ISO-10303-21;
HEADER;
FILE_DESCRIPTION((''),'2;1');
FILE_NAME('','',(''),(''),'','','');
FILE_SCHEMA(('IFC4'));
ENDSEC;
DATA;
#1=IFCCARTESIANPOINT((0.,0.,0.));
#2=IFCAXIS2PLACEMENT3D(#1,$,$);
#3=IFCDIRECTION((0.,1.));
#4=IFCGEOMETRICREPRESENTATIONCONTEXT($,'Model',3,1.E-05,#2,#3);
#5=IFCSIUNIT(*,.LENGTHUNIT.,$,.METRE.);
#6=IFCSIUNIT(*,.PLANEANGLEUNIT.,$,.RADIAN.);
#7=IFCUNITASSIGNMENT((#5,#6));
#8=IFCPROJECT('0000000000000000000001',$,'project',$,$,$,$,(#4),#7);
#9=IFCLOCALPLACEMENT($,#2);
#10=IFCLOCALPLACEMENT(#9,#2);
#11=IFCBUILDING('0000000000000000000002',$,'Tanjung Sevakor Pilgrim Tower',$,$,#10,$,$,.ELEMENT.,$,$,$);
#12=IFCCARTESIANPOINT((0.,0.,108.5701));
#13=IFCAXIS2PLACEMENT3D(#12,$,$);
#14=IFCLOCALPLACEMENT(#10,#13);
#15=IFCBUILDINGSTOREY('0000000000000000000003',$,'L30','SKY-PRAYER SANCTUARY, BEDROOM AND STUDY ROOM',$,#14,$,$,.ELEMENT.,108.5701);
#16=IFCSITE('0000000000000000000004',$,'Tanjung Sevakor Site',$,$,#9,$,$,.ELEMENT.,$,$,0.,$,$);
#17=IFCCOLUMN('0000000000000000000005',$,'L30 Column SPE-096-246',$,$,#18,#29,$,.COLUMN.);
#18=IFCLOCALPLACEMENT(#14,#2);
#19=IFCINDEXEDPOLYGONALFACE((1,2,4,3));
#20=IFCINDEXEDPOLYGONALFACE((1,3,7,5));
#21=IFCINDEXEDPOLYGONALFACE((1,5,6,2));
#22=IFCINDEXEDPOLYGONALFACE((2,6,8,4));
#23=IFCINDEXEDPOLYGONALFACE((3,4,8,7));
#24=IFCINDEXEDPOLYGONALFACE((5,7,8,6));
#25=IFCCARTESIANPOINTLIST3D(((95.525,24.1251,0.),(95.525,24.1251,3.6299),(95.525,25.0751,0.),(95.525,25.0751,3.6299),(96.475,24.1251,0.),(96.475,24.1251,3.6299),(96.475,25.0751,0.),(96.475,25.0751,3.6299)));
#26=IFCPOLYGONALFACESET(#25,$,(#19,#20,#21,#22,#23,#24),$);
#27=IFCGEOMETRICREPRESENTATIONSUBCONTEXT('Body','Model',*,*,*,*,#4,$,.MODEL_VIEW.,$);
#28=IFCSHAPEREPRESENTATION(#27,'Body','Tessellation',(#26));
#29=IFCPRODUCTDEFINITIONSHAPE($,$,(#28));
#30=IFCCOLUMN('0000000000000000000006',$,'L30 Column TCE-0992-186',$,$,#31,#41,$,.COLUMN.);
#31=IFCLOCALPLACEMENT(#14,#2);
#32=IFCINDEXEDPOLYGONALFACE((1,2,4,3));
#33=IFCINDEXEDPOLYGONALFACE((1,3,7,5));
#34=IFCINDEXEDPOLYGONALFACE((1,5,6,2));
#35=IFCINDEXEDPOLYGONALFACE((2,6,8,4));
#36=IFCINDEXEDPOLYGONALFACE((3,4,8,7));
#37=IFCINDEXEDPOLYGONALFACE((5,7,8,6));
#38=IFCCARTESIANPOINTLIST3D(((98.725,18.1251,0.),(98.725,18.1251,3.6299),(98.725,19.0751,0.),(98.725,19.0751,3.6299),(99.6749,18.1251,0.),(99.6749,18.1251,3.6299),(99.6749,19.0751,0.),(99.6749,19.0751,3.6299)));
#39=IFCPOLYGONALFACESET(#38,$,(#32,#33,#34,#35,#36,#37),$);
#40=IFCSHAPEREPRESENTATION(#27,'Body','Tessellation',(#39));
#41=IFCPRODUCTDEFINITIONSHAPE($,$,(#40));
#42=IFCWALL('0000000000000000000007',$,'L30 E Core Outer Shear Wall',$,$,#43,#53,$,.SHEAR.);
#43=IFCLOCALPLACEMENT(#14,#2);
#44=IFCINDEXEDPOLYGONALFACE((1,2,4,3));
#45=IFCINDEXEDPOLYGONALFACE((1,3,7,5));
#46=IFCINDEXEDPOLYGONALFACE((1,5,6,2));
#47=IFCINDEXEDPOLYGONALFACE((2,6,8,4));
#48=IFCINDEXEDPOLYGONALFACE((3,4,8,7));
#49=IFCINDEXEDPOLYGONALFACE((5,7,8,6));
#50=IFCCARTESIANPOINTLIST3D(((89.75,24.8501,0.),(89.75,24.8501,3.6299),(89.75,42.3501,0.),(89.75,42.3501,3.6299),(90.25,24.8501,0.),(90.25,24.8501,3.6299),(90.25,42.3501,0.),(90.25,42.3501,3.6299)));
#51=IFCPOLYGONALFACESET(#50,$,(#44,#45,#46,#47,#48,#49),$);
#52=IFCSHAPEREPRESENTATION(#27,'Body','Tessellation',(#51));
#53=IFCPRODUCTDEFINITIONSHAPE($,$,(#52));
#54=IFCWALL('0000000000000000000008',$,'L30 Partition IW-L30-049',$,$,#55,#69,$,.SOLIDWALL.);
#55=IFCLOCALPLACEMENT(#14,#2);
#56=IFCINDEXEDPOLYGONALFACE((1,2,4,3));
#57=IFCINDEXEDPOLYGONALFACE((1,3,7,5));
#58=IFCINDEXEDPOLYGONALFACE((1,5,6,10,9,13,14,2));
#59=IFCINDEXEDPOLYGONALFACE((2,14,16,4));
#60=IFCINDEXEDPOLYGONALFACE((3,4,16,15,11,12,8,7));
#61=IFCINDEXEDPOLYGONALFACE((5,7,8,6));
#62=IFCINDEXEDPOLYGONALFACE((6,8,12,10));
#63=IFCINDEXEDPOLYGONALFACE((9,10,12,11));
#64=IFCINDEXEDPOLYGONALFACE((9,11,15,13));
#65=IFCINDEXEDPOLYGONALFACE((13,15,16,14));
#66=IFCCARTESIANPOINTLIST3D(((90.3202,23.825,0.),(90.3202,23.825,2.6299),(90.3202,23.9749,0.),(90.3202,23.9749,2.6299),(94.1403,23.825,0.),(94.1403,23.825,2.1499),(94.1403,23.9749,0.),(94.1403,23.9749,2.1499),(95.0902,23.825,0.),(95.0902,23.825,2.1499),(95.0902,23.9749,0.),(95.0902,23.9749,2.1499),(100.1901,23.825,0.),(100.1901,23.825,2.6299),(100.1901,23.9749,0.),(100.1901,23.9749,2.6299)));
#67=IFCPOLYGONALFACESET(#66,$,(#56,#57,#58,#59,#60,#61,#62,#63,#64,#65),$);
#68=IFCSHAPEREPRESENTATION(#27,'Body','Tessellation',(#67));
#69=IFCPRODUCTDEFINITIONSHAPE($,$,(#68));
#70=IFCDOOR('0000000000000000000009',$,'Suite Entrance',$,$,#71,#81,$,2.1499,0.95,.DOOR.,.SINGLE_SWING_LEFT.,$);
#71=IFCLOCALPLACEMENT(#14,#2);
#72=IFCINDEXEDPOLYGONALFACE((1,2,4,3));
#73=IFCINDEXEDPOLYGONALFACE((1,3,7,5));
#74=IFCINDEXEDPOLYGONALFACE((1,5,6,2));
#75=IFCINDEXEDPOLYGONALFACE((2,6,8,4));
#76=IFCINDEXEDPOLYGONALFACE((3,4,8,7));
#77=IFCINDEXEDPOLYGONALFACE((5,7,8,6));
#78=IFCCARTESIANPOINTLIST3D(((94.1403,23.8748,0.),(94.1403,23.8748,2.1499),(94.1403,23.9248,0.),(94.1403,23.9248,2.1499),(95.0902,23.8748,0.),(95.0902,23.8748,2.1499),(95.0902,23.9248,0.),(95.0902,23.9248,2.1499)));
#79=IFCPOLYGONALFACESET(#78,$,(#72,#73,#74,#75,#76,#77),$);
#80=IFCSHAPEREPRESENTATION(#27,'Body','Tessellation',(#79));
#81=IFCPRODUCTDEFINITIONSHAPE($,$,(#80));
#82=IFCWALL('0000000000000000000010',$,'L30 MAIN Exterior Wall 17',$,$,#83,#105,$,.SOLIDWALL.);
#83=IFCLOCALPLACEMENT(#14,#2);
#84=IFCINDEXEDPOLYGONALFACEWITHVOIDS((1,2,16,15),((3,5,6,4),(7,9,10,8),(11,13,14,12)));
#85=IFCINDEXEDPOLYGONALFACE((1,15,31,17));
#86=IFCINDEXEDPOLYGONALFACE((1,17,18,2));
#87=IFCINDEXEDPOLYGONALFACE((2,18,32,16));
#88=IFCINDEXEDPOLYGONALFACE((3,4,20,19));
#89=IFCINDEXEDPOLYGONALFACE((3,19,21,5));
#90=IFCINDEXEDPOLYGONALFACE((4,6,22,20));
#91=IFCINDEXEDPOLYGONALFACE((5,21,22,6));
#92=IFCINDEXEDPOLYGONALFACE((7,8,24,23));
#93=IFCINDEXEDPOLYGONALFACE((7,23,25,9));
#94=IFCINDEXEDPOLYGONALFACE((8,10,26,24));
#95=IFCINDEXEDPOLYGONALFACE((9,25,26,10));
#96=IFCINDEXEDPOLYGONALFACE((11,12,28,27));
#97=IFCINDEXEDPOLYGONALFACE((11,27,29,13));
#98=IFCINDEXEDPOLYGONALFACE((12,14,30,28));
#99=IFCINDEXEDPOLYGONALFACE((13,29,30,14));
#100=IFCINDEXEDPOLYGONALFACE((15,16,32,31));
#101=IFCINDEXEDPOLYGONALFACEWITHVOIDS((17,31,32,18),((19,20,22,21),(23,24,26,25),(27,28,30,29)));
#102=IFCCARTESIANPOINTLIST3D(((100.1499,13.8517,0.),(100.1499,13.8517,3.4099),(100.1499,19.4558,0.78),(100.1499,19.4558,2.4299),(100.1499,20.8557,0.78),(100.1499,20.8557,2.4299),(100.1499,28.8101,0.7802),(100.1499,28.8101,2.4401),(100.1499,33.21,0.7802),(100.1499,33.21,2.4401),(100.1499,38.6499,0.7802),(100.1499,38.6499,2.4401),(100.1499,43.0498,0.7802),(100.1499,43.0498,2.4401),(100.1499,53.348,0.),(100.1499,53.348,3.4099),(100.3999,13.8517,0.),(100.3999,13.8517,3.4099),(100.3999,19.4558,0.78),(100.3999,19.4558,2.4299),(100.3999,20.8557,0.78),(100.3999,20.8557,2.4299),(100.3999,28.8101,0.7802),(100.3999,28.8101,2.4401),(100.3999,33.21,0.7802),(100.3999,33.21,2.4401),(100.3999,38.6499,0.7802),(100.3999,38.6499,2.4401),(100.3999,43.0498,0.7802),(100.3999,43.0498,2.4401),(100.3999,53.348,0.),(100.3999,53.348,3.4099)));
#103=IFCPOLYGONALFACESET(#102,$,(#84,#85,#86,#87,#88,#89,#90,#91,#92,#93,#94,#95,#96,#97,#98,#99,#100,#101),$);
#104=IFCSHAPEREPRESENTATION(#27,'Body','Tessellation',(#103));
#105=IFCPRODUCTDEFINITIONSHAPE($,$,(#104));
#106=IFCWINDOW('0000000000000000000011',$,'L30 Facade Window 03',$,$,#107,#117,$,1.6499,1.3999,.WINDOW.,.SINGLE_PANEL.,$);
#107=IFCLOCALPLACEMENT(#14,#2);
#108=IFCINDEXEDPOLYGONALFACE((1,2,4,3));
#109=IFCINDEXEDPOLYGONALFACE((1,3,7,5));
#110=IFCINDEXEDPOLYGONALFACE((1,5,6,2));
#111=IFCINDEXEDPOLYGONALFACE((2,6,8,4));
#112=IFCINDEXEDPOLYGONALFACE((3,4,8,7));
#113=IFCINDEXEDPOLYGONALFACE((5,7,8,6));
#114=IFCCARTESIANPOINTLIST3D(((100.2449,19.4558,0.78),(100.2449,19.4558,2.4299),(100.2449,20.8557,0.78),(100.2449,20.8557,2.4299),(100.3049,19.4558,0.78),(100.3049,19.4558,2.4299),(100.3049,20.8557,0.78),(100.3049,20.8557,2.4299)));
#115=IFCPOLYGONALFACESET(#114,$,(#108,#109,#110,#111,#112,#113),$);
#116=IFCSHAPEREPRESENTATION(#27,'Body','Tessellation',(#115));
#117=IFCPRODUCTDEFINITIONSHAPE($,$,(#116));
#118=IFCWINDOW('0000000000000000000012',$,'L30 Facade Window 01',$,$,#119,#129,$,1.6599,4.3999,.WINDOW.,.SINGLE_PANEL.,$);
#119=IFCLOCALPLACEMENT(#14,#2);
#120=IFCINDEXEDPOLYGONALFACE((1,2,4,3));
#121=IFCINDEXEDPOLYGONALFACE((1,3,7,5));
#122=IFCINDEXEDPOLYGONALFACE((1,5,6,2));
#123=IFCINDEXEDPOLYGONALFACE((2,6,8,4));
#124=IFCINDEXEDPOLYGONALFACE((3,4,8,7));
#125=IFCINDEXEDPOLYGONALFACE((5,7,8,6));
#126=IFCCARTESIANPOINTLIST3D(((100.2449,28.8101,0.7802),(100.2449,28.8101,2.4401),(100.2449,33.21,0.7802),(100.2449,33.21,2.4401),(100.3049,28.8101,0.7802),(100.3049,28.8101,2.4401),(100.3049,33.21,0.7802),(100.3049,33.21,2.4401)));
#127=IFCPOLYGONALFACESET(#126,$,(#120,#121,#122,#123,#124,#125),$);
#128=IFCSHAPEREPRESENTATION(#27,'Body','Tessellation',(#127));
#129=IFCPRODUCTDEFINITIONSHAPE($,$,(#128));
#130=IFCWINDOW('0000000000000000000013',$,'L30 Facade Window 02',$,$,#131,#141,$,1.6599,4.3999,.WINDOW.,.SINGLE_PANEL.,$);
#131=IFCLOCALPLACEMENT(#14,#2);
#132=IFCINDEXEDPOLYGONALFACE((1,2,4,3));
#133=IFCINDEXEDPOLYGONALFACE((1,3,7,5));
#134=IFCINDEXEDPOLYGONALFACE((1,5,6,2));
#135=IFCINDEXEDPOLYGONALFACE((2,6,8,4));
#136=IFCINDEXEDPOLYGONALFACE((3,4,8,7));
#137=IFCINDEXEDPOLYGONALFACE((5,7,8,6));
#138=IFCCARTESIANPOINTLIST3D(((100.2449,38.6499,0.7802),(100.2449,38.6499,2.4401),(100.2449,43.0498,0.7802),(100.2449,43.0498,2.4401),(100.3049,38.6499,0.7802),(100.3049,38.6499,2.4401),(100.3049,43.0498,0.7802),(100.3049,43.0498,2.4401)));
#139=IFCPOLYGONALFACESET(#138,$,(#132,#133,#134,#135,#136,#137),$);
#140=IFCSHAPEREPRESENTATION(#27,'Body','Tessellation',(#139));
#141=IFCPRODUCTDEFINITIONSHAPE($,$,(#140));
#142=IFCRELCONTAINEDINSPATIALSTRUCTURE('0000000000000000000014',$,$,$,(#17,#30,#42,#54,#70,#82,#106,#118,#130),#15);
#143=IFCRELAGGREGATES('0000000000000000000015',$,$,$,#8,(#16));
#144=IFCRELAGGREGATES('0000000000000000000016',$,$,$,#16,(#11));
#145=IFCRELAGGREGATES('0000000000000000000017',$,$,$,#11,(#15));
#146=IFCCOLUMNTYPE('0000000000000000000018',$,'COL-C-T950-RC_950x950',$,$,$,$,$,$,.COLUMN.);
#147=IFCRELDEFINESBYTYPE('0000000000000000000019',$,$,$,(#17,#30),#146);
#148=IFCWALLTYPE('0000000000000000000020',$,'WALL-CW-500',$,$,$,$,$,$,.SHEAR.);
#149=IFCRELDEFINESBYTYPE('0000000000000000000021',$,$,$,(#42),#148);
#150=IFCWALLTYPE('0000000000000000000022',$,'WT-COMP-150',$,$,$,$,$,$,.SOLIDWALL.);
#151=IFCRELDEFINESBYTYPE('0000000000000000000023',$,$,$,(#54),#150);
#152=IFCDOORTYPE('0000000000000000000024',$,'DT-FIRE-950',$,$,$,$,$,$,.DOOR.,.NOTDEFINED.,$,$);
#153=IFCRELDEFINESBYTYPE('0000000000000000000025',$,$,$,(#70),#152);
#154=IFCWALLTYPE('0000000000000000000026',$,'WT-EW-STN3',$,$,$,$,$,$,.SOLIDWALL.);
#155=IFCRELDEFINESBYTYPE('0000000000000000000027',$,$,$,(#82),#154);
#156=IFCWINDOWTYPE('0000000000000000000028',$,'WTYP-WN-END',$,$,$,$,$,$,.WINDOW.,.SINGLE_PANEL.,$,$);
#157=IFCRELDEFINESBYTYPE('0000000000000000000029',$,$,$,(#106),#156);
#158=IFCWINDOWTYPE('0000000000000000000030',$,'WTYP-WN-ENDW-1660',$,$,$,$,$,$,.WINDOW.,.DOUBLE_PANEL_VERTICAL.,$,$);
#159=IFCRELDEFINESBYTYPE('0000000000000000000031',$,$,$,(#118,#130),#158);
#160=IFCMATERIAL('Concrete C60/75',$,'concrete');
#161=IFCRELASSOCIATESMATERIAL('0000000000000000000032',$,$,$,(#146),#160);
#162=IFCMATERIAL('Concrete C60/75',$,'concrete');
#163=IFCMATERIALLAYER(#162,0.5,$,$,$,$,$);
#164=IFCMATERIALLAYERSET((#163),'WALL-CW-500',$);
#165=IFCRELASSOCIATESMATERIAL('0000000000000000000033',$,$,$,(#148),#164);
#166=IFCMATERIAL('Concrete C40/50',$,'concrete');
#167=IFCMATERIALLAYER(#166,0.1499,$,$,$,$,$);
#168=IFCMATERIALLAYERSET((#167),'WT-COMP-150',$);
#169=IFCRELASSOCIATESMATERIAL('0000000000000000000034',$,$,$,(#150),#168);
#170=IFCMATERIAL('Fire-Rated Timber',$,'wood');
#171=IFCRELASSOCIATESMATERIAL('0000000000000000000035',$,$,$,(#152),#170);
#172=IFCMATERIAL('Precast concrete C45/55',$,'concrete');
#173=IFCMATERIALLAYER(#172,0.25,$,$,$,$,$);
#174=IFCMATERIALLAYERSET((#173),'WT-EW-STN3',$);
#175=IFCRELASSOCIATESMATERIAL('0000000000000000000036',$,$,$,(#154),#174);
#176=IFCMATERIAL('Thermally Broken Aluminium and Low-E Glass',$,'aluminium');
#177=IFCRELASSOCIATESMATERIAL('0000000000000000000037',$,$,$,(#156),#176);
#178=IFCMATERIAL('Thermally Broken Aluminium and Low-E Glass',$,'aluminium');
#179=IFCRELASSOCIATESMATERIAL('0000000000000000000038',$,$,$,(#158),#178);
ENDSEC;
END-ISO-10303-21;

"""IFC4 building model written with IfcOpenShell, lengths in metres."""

from ifc_helpers import new_model, si_unit, direction, frame, frame_2d, origin, origin_2d, place, context, subcontext, project, spatial, rectangle, extrude, material, layer, layer_set, material_profile, profile_set, type_object, element, fill, save


model = new_model("IFC4")

# Units and contexts
model_context = context("Model", 3, precision=1e-05, world=origin(), true_north=direction((0.0, 1.0)))
body_context = subcontext(model_context, "Body", "Model", "MODEL_VIEW")
ifc_project = project(units=[si_unit("LENGTHUNIT", "METRE"), si_unit("PLANEANGLEUNIT", "RADIAN")], contexts=[model_context])

# Site, building, storey
site_placement = place(None, origin())
site = spatial("IfcSite", under=ifc_project, at=site_placement, Name="Tanjung Sevakor Site", CompositionType="ELEMENT", RefElevation=0.0)
building_placement = place(site_placement, origin())
building = spatial("IfcBuilding", under=site, at=building_placement, Name="Tanjung Sevakor Pilgrim Tower", CompositionType="ELEMENT")
storey_placement = place(building_placement, frame((0.0, 0.0, 108.5701)))
storey = spatial("IfcBuildingStorey", under=building, at=storey_placement, Name="L30", Description="SKY-PRAYER SANCTUARY, BEDROOM AND STUDY ROOM", CompositionType="ELEMENT", Elevation=108.5701)

# Columns
ifc_material_1 = material(Name="Concrete C60/75", Category="concrete")
ifc_material_profile = material_profile(ifc_material_1, rectangle(XDim=0.95, YDim=0.95, at=origin_2d()))
ifc_profile_set = profile_set([ifc_material_profile], Name="Concrete C60/75")
column_type = type_object("IfcColumnType", Name="COL-C-T950-RC_950x950", PredefinedType="COLUMN", material=ifc_profile_set)
for number, where, z_axis, x_axis, name in (
    (1, (96.0, 24.6001, 0.0), (0.0, 0.0, 1.0), (1.0, 0.0, 0.0), "L30 Column SPE-096-246"),
    (2, (99.2, 18.6001, 0.0), (0.0, 0.0, 1.0), (1.0, 0.0, 0.0), "L30 Column TCE-0992-186"),
):
    element("IfcColumn", number, at=place(storey_placement, frame(where, z_axis=z_axis, x_axis=x_axis)), inside=storey, type_object=column_type, Name=name, PredefinedType="COLUMN", context=body_context, shape_type="SweptSolid", body=[
        extrude(rectangle(XDim=0.95, YDim=0.95, at=origin_2d()), origin(), (0.0, 0.0, 1.0), 3.6299),
    ])

# Wall
ifc_material_2 = material(Name="Concrete C60/75", Category="concrete")
ifc_layer_1 = layer(ifc_material_2, 0.5)
ifc_layer_set_1 = layer_set([ifc_layer_1], Name="WALL-CW-500")
wall_type_1 = type_object("IfcWallType", Name="WALL-CW-500", PredefinedType="SHEAR", material=ifc_layer_set_1)
wall_1_placement = place(storey_placement, frame((90.0, 24.8501, 0.0), z_axis=(0.0, 0.0, 1.0), x_axis=(0.0, 1.0, 0.0)))
element("IfcWall", 3, at=wall_1_placement, inside=storey, type_object=wall_type_1, Name="L30 E Core Outer Shear Wall", PredefinedType="SHEAR", context=body_context, shape_type="SweptSolid", body=[
    extrude(rectangle(XDim=17.5, YDim=0.5, at=frame_2d((8.75, 0.0))), origin(), (0.0, 0.0, 1.0), 3.6299),
])

# Wall, opening, door
ifc_material_3 = material(Name="Concrete C40/50", Category="concrete")
ifc_layer_2 = layer(ifc_material_3, 0.1499)
ifc_layer_set_2 = layer_set([ifc_layer_2], Name="WT-COMP-150")
wall_type_2 = type_object("IfcWallType", Name="WT-COMP-150", PredefinedType="SOLIDWALL", material=ifc_layer_set_2)
wall_2_placement = place(storey_placement, frame((90.3201, 23.8999, 0.0), z_axis=(0.0, 0.0, 1.0), x_axis=(1.0, 0.0, 0.0)))
wall_2 = element("IfcWall", 4, at=wall_2_placement, inside=storey, type_object=wall_type_2, Name="L30 Partition IW-L30-049", PredefinedType="SOLIDWALL", context=body_context, shape_type="SweptSolid", body=[
    extrude(rectangle(XDim=9.8699, YDim=0.1499, at=frame_2d((4.9351, 0.0))), origin(), (0.0, 0.0, 1.0), 2.6299),
])
opening_1_placement = place(wall_2_placement, frame((3.8201, 0.0, 0.0)))
opening_1 = element("IfcOpeningElement", 5, at=opening_1_placement, cuts=wall_2, PredefinedType="OPENING", context=body_context, shape_type="SweptSolid", body=[
    extrude(rectangle(XDim=0.95, YDim=2.1499, at=frame_2d((0.4751, 1.075))), frame((0.0, 0.085, 0.0), z_axis=(0.0, -1.0, 0.0), x_axis=(1.0, 0.0, 0.0)), (0.0, 0.0, 1.0), 0.1699),
])
ifc_material_4 = material(Name="Fire-Rated Timber", Category="wood")
door_type_1 = type_object("IfcDoorType", Name="DT-FIRE-950", OperationType="NOTDEFINED", PredefinedType="DOOR", material=ifc_material_4)
door_1_placement = place(opening_1_placement, origin())
door_1 = element("IfcDoor", 6, at=door_1_placement, inside=storey, type_object=door_type_1, Name="Suite Entrance", OperationType="SINGLE_SWING_LEFT", OverallHeight=2.1499, OverallWidth=0.95, PredefinedType="DOOR", context=body_context, shape_type="SweptSolid", body=[
    extrude(rectangle(XDim=0.95, YDim=2.1499, at=frame_2d((0.4751, 1.075))), frame((0.0, 0.0249, 0.0), z_axis=(0.0, -1.0, 0.0), x_axis=(1.0, 0.0, 0.0)), (0.0, 0.0, 1.0), 0.05),
])
fill(opening_1, door_1)

# Wall, openings, windows
ifc_material_5 = material(Name="Precast concrete C45/55", Category="concrete")
ifc_layer_3 = layer(ifc_material_5, 0.25)
ifc_layer_set_3 = layer_set([ifc_layer_3], Name="WT-EW-STN3")
wall_type_3 = type_object("IfcWallType", Name="WT-EW-STN3", PredefinedType="SOLIDWALL", material=ifc_layer_set_3)
wall_3_placement = place(storey_placement, frame((100.2749, 13.8518, 0.0), z_axis=(0.0, 0.0, 1.0), x_axis=(0.0, 1.0, 0.0)))
wall_3 = element("IfcWall", 7, at=wall_3_placement, inside=storey, type_object=wall_type_3, Name="L30 MAIN Exterior Wall 17", PredefinedType="SOLIDWALL", context=body_context, shape_type="SweptSolid", body=[
    extrude(rectangle(XDim=39.4963, YDim=0.25, at=frame_2d((19.748, 0.0))), origin(), (0.0, 0.0, 1.0), 3.4099),
])
opening_2_placement = place(wall_3_placement, frame((14.9583, 0.0, 0.78)))
opening_2 = element("IfcOpeningElement", 8, at=opening_2_placement, cuts=wall_3, PredefinedType="OPENING", context=body_context, shape_type="SweptSolid", body=[
    extrude(rectangle(XDim=4.3999, YDim=1.6599, at=frame_2d((2.2, 0.8301))), frame((0.0, 0.135, 0.0), z_axis=(0.0, -1.0, 0.0), x_axis=(1.0, 0.0, 0.0)), (0.0, 0.0, 1.0), 0.27),
])
opening_3_placement = place(wall_3_placement, frame((24.7981, 0.0, 0.78)))
opening_3 = element("IfcOpeningElement", 9, at=opening_3_placement, cuts=wall_3, PredefinedType="OPENING", context=body_context, shape_type="SweptSolid", body=[
    extrude(rectangle(XDim=4.3999, YDim=1.6599, at=frame_2d((2.2, 0.8301))), frame((0.0, 0.135, 0.0), z_axis=(0.0, -1.0, 0.0), x_axis=(1.0, 0.0, 0.0)), (0.0, 0.0, 1.0), 0.27),
])
opening_4_placement = place(wall_3_placement, frame((5.604, 0.0, 0.78)))
opening_4 = element("IfcOpeningElement", 10, at=opening_4_placement, cuts=wall_3, PredefinedType="OPENING", context=body_context, shape_type="SweptSolid", body=[
    extrude(rectangle(XDim=1.3999, YDim=1.6499, at=frame_2d((0.7, 0.825))), frame((0.0, 0.135, 0.0), z_axis=(0.0, -1.0, 0.0), x_axis=(1.0, 0.0, 0.0)), (0.0, 0.0, 1.0), 0.27),
])
ifc_material_6 = material(Name="Thermally Broken Aluminium and Low-E Glass", Category="aluminium")
window_type_1 = type_object("IfcWindowType", Name="WTYP-WN-END", PartitioningType="SINGLE_PANEL", PredefinedType="WINDOW", material=ifc_material_6)
window_1_placement = place(opening_4_placement, origin())
window_1 = element("IfcWindow", 11, at=window_1_placement, inside=storey, type_object=window_type_1, Name="L30 Facade Window 03", OverallHeight=1.6499, OverallWidth=1.3999, PartitioningType="SINGLE_PANEL", PredefinedType="WINDOW", context=body_context, shape_type="SweptSolid", body=[
    extrude(rectangle(XDim=1.3999, YDim=1.6499, at=frame_2d((0.7, 0.825))), frame((0.0, 0.03, 0.0), z_axis=(0.0, -1.0, 0.0), x_axis=(1.0, 0.0, 0.0)), (0.0, 0.0, 1.0), 0.0601),
])
fill(opening_4, window_1)
ifc_material_7 = material(Name="Thermally Broken Aluminium and Low-E Glass", Category="aluminium")
window_type_2 = type_object("IfcWindowType", Name="WTYP-WN-ENDW-1660", PartitioningType="DOUBLE_PANEL_VERTICAL", PredefinedType="WINDOW", material=ifc_material_7)
window_2_placement = place(opening_2_placement, origin())
window_2 = element("IfcWindow", 12, at=window_2_placement, inside=storey, type_object=window_type_2, Name="L30 Facade Window 01", OverallHeight=1.6599, OverallWidth=4.3999, PartitioningType="SINGLE_PANEL", PredefinedType="WINDOW", context=body_context, shape_type="SweptSolid", body=[
    extrude(rectangle(XDim=4.3999, YDim=1.6599, at=frame_2d((2.2, 0.8301))), frame((0.0, 0.03, 0.0), z_axis=(0.0, -1.0, 0.0), x_axis=(1.0, 0.0, 0.0)), (0.0, 0.0, 1.0), 0.0601),
])
fill(opening_2, window_2)
window_3_placement = place(opening_3_placement, origin())
window_3 = element("IfcWindow", 13, at=window_3_placement, inside=storey, type_object=window_type_2, Name="L30 Facade Window 02", OverallHeight=1.6599, OverallWidth=4.3999, PartitioningType="SINGLE_PANEL", PredefinedType="WINDOW", context=body_context, shape_type="SweptSolid", body=[
    extrude(rectangle(XDim=4.3999, YDim=1.6599, at=frame_2d((2.2, 0.8301))), frame((0.0, 0.03, 0.0), z_axis=(0.0, -1.0, 0.0), x_axis=(1.0, 0.0, 0.0)), (0.0, 0.0, 1.0), 0.0601),
])
fill(opening_3, window_3)

save(model, "model.ifc")
